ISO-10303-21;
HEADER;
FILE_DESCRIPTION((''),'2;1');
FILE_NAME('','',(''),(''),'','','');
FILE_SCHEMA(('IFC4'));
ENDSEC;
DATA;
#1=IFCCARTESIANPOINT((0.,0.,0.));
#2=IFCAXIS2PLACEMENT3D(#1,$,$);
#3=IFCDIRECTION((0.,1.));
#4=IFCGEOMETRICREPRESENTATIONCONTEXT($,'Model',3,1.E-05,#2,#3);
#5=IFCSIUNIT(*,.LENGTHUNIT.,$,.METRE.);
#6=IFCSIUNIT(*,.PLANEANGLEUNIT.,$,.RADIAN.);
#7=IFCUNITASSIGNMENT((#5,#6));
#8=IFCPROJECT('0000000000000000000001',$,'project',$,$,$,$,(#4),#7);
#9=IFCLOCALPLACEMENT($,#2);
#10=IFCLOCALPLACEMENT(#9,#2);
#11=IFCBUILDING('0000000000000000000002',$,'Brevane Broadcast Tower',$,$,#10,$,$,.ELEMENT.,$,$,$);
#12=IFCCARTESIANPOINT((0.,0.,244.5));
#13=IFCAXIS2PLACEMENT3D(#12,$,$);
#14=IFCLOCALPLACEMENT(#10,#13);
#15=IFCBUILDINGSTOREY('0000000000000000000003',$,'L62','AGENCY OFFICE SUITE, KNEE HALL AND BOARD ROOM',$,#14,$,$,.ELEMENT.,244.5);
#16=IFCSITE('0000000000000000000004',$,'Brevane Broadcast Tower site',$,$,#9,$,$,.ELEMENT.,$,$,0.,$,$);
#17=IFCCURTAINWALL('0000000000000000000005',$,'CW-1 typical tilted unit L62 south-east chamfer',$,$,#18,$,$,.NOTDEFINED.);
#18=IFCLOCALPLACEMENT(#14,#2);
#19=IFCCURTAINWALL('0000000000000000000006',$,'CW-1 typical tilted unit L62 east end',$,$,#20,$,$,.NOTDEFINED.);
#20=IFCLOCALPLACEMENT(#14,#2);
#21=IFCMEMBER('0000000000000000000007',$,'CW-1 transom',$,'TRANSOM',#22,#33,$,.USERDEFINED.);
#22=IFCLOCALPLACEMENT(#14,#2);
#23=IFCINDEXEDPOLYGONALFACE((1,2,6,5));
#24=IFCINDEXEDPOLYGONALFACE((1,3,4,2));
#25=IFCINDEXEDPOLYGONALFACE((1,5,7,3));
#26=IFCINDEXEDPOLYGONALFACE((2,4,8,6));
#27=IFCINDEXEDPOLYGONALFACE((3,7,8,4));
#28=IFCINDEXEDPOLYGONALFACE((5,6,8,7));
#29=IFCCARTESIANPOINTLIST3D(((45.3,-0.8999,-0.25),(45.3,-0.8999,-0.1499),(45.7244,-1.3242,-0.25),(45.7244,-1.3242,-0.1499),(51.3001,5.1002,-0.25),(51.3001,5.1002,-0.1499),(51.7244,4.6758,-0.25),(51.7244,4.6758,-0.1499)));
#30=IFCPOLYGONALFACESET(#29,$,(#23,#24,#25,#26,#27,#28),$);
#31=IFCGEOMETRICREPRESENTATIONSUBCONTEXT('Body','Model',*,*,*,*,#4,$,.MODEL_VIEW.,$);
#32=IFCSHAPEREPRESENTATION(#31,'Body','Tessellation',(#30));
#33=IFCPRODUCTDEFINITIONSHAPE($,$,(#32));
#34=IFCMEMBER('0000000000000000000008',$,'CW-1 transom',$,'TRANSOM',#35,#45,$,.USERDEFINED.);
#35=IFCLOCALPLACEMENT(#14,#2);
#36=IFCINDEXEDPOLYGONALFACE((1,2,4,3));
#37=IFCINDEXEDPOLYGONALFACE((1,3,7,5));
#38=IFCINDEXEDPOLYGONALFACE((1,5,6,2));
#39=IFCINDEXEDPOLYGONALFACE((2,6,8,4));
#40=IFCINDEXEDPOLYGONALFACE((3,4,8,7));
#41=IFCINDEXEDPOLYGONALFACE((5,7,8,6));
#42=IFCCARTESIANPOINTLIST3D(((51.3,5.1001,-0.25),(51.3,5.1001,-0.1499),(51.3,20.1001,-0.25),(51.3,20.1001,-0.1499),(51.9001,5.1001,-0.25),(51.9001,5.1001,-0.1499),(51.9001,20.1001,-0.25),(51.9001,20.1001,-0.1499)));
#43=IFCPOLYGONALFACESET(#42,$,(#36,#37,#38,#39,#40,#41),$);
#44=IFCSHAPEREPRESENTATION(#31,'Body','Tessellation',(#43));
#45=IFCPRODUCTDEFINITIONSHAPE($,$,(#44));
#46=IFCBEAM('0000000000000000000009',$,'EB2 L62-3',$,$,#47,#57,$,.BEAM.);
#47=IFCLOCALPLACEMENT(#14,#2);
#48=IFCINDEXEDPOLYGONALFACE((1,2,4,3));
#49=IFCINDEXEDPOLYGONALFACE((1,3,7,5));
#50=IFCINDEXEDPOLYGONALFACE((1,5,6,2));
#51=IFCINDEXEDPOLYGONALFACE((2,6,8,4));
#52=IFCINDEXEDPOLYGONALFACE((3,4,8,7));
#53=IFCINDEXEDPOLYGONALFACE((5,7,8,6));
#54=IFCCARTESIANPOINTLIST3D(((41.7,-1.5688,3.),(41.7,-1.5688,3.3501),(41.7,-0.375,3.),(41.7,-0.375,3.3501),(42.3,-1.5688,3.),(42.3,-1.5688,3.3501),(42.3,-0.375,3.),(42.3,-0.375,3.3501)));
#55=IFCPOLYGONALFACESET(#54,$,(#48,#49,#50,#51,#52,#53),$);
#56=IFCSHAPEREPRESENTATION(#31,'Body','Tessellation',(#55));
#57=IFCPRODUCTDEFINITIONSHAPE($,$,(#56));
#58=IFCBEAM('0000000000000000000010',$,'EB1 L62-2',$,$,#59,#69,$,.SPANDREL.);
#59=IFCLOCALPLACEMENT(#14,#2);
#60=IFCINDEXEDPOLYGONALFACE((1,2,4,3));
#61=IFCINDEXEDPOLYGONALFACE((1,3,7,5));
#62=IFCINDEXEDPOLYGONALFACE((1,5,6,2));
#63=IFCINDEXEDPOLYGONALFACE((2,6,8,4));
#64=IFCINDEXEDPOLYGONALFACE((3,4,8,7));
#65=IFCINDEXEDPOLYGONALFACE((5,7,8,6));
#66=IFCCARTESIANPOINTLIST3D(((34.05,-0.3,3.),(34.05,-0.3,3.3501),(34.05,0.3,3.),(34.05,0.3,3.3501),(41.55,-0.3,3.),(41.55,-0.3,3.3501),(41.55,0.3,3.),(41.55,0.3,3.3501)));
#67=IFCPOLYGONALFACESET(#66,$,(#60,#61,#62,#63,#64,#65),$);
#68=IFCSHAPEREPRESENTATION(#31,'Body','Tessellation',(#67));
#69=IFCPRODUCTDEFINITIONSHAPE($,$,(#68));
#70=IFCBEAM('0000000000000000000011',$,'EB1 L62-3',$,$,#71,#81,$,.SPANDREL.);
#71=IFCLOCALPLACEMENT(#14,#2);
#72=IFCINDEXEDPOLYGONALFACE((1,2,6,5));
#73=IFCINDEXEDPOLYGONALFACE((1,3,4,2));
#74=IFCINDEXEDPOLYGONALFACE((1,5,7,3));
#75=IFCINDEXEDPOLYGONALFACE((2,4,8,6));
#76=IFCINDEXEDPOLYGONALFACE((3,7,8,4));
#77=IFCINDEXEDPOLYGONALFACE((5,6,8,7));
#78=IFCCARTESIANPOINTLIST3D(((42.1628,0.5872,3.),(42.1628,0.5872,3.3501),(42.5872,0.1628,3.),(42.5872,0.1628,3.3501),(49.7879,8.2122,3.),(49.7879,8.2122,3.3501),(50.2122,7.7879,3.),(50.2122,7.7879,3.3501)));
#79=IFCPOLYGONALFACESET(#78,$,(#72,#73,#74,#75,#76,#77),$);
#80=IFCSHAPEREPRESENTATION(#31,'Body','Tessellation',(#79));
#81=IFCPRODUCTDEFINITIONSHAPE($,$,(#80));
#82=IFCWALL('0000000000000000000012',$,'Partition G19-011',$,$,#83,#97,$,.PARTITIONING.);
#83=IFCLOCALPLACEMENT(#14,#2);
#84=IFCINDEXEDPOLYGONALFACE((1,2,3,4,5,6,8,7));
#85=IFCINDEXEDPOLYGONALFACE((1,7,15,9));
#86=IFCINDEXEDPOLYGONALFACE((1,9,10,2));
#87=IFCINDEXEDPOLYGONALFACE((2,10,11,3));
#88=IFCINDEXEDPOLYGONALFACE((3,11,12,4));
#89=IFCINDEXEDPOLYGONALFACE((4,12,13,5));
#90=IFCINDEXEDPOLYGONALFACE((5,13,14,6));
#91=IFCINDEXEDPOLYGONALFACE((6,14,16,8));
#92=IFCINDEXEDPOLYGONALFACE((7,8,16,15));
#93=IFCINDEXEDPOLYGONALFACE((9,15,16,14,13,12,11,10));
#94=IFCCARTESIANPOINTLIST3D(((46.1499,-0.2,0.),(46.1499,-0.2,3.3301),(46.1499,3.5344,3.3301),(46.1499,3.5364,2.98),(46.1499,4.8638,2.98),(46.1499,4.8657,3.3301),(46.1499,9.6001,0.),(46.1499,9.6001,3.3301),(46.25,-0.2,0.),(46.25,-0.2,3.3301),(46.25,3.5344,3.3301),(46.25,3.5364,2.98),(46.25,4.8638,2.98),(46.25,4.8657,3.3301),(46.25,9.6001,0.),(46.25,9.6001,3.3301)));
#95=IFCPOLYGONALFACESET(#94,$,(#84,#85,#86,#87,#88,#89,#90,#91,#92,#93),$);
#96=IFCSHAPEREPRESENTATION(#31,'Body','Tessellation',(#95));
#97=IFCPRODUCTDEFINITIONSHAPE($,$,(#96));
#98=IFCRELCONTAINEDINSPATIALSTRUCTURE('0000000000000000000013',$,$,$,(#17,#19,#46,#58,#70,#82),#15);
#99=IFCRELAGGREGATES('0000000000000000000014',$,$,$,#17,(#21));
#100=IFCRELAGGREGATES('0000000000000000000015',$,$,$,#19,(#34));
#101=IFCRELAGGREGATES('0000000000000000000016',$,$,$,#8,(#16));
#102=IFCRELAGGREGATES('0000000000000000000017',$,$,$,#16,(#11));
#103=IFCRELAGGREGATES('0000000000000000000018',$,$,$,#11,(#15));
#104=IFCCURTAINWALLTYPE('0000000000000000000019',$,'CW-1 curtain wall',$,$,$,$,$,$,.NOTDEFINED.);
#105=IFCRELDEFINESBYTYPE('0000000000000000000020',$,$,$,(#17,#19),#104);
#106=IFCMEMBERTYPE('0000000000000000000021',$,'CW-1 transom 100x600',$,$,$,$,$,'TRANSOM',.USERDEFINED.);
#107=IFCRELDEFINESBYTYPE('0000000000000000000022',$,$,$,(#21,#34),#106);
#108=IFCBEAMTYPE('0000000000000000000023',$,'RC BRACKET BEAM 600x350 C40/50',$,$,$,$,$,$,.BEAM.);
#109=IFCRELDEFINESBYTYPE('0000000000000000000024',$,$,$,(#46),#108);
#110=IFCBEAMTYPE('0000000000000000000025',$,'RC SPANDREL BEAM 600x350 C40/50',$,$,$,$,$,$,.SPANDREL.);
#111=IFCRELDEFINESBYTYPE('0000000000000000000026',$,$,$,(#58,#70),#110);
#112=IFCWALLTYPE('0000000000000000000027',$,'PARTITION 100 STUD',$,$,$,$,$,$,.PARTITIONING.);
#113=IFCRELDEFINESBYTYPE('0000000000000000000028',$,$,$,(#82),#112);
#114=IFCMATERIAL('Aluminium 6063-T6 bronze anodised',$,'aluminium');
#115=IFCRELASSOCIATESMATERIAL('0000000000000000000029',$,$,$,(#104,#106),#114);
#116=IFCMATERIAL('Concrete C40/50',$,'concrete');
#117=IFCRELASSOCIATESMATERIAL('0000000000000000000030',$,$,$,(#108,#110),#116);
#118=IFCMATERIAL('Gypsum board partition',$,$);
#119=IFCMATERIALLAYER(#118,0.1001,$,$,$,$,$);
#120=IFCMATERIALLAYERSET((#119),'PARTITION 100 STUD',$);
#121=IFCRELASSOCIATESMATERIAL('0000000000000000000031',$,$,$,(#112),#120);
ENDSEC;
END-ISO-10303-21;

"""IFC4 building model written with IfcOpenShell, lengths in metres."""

from ifc_helpers import new_model, si_unit, direction, frame, origin, origin_2d, place, context, subcontext, project, spatial, polyline, rectangle, outline, extrude, material, layer, layer_set, material_profile, profile_set, type_object, element, aggregate, save


model = new_model("IFC4")

# Units and contexts
model_context = context("Model", 3, precision=1e-05, world=origin(), true_north=direction((0.0, 1.0)))
body_context = subcontext(model_context, "Body", "Model", "MODEL_VIEW")
ifc_project = project(units=[si_unit("LENGTHUNIT", "METRE"), si_unit("PLANEANGLEUNIT", "RADIAN")], contexts=[model_context])

# Site, building, storey
site_placement = place(None, origin())
site = spatial("IfcSite", under=ifc_project, at=site_placement, Name="Brevane Broadcast Tower site", CompositionType="ELEMENT", RefElevation=0.0)
building_placement = place(site_placement, origin())
building = spatial("IfcBuilding", under=site, at=building_placement, Name="Brevane Broadcast Tower", CompositionType="ELEMENT")
storey_placement = place(building_placement, frame((0.0, 0.0, 244.5)))
storey = spatial("IfcBuildingStorey", under=building, at=storey_placement, Name="L62", Description="AGENCY OFFICE SUITE, KNEE HALL AND BOARD ROOM", CompositionType="ELEMENT", Elevation=244.5)

# Curtain wall
ifc_material_1 = material(Name="Aluminium 6063-T6 bronze anodised", Category="aluminium")
curtain_wall_type = type_object("IfcCurtainWallType", Name="CW-1 curtain wall", PredefinedType="NOTDEFINED", material=ifc_material_1)
curtain_wall_1_placement = place(storey_placement, origin())
curtain_wall_1 = element("IfcCurtainWall", 1, at=curtain_wall_1_placement, inside=storey, type_object=curtain_wall_type, Name="CW-1 typical tilted unit L62 south-east chamfer", PredefinedType="NOTDEFINED")

# Curtain wall
curtain_wall_2_placement = place(storey_placement, origin())
curtain_wall_2 = element("IfcCurtainWall", 2, at=curtain_wall_2_placement, inside=storey, type_object=curtain_wall_type, Name="CW-1 typical tilted unit L62 east end", PredefinedType="NOTDEFINED")

# Members
ifc_material_profile_1 = material_profile(ifc_material_1, rectangle(XDim=0.6001, YDim=0.1001, at=origin_2d()), Name="RECT 100x600")
ifc_profile_set_1 = profile_set([ifc_material_profile_1], Name="Aluminium 6063-T6 bronze anodised")
member_type_1 = type_object("IfcMemberType", Name="CW-1 transom 100x600", ElementType="TRANSOM", PredefinedType="USERDEFINED", material=ifc_profile_set_1)
member_1_placement = place(storey_placement, frame((45.5122, -1.1121, -0.2), z_axis=(0.707107, 0.707107, 0.0), x_axis=(-0.707107, 0.707107, 0.0)))
member_1 = element("IfcMember", 3, at=member_1_placement, type_object=member_type_1, Name="CW-1 transom", ObjectType="TRANSOM", PredefinedType="USERDEFINED", context=body_context, shape_type="SweptSolid", body=[
    extrude(rectangle(XDim=0.6001, YDim=0.1001, at=origin_2d()), origin(), (0.0, 0.0, 1.0), 8.4854),
])
aggregate(curtain_wall_1, [member_1])
member_2_placement = place(storey_placement, frame((51.6001, 5.1001, -0.2), z_axis=(0.0, 1.0, 0.0), x_axis=(-1.0, 0.0, 0.0)))
member_2 = element("IfcMember", 4, at=member_2_placement, type_object=member_type_1, Name="CW-1 transom", ObjectType="TRANSOM", PredefinedType="USERDEFINED", context=body_context, shape_type="SweptSolid", body=[
    extrude(rectangle(XDim=0.6001, YDim=0.1001, at=origin_2d()), origin(), (0.0, 0.0, 1.0), 15.0),
])
aggregate(curtain_wall_2, [member_2])

# Beams
ifc_material_2 = material(Name="Concrete C40/50", Category="concrete")
ifc_material_profile_2 = material_profile(ifc_material_2, rectangle(XDim=0.6001, YDim=0.3501, at=origin_2d()), Name="RC 600x350")
ifc_profile_set_2 = profile_set([ifc_material_profile_2], Name="Concrete C40/50")
beam_type_1 = type_object("IfcBeamType", Name="RC BRACKET BEAM 600x350 C40/50", PredefinedType="BEAM", material=ifc_profile_set_2)
beam_1_placement = place(storey_placement, frame((42.0, -0.375, 3.175), z_axis=(0.0, -1.0, 0.0), x_axis=(1.0, 0.0, 0.0)))
element("IfcBeam", 5, at=beam_1_placement, inside=storey, type_object=beam_type_1, Name="EB2 L62-3", PredefinedType="BEAM", context=body_context, shape_type="SweptSolid", body=[
    extrude(rectangle(XDim=0.6001, YDim=0.3501, at=origin_2d()), origin(), (0.0, 0.0, 1.0), 1.1938),
])
ifc_material_profile_3 = material_profile(ifc_material_2, rectangle(XDim=0.6001, YDim=0.3501, at=origin_2d()), Name="RC 600x350")
ifc_profile_set_3 = profile_set([ifc_material_profile_3], Name="Concrete C40/50")
beam_type_2 = type_object("IfcBeamType", Name="RC SPANDREL BEAM 600x350 C40/50", PredefinedType="SPANDREL", material=ifc_profile_set_3)
beam_2_placement = place(storey_placement, frame((34.05, 0.0, 3.175), z_axis=(1.0, 0.0, 0.0), x_axis=(0.0, 1.0, 0.0)))
element("IfcBeam", 6, at=beam_2_placement, inside=storey, type_object=beam_type_2, Name="EB1 L62-2", PredefinedType="SPANDREL", context=body_context, shape_type="SweptSolid", body=[
    extrude(rectangle(XDim=0.6001, YDim=0.3501, at=origin_2d()), origin(), (0.0, 0.0, 1.0), 7.5),
])
beam_3_placement = place(storey_placement, frame((42.375, 0.375, 3.175), z_axis=(0.707107, 0.707107, 0.0), x_axis=(-0.707107, 0.707107, 0.0)))
element("IfcBeam", 7, at=beam_3_placement, inside=storey, type_object=beam_type_2, Name="EB1 L62-3", PredefinedType="SPANDREL", context=body_context, shape_type="SweptSolid", body=[
    extrude(rectangle(XDim=0.6001, YDim=0.3501, at=origin_2d()), origin(), (0.0, 0.0, 1.0), 10.7834),
])

# Wall
ifc_material_3 = material(Name="Gypsum board partition")
ifc_layer = layer(ifc_material_3, 0.1001)
ifc_layer_set = layer_set([ifc_layer], Name="PARTITION 100 STUD")
wall_type = type_object("IfcWallType", Name="PARTITION 100 STUD", PredefinedType="PARTITIONING", material=ifc_layer_set)
wall_placement = place(storey_placement, frame((46.2, -0.2, 0.0), z_axis=(0.0, 0.0, 1.0), x_axis=(0.0, 1.0, 0.0)))
element("IfcWall", 8, at=wall_placement, inside=storey, type_object=wall_type, Name="Partition G19-011", PredefinedType="PARTITIONING", context=body_context, shape_type="SweptSolid", body=[
    extrude(outline(polyline([(0.0, 0.0), (9.8, 0.0), (9.8, 3.3301), (5.0657, 3.3301), (5.0637, 2.98), (3.7363, 2.98), (3.7344, 3.3301), (0.0, 3.3301), (0.0, 0.0)])), frame((0.0, 0.05, 0.0), z_axis=(0.0, -1.0, 0.0), x_axis=(1.0, 0.0, 0.0)), (0.0, 0.0, 1.0), 0.1001),
])

save(model, "model.ifc")
